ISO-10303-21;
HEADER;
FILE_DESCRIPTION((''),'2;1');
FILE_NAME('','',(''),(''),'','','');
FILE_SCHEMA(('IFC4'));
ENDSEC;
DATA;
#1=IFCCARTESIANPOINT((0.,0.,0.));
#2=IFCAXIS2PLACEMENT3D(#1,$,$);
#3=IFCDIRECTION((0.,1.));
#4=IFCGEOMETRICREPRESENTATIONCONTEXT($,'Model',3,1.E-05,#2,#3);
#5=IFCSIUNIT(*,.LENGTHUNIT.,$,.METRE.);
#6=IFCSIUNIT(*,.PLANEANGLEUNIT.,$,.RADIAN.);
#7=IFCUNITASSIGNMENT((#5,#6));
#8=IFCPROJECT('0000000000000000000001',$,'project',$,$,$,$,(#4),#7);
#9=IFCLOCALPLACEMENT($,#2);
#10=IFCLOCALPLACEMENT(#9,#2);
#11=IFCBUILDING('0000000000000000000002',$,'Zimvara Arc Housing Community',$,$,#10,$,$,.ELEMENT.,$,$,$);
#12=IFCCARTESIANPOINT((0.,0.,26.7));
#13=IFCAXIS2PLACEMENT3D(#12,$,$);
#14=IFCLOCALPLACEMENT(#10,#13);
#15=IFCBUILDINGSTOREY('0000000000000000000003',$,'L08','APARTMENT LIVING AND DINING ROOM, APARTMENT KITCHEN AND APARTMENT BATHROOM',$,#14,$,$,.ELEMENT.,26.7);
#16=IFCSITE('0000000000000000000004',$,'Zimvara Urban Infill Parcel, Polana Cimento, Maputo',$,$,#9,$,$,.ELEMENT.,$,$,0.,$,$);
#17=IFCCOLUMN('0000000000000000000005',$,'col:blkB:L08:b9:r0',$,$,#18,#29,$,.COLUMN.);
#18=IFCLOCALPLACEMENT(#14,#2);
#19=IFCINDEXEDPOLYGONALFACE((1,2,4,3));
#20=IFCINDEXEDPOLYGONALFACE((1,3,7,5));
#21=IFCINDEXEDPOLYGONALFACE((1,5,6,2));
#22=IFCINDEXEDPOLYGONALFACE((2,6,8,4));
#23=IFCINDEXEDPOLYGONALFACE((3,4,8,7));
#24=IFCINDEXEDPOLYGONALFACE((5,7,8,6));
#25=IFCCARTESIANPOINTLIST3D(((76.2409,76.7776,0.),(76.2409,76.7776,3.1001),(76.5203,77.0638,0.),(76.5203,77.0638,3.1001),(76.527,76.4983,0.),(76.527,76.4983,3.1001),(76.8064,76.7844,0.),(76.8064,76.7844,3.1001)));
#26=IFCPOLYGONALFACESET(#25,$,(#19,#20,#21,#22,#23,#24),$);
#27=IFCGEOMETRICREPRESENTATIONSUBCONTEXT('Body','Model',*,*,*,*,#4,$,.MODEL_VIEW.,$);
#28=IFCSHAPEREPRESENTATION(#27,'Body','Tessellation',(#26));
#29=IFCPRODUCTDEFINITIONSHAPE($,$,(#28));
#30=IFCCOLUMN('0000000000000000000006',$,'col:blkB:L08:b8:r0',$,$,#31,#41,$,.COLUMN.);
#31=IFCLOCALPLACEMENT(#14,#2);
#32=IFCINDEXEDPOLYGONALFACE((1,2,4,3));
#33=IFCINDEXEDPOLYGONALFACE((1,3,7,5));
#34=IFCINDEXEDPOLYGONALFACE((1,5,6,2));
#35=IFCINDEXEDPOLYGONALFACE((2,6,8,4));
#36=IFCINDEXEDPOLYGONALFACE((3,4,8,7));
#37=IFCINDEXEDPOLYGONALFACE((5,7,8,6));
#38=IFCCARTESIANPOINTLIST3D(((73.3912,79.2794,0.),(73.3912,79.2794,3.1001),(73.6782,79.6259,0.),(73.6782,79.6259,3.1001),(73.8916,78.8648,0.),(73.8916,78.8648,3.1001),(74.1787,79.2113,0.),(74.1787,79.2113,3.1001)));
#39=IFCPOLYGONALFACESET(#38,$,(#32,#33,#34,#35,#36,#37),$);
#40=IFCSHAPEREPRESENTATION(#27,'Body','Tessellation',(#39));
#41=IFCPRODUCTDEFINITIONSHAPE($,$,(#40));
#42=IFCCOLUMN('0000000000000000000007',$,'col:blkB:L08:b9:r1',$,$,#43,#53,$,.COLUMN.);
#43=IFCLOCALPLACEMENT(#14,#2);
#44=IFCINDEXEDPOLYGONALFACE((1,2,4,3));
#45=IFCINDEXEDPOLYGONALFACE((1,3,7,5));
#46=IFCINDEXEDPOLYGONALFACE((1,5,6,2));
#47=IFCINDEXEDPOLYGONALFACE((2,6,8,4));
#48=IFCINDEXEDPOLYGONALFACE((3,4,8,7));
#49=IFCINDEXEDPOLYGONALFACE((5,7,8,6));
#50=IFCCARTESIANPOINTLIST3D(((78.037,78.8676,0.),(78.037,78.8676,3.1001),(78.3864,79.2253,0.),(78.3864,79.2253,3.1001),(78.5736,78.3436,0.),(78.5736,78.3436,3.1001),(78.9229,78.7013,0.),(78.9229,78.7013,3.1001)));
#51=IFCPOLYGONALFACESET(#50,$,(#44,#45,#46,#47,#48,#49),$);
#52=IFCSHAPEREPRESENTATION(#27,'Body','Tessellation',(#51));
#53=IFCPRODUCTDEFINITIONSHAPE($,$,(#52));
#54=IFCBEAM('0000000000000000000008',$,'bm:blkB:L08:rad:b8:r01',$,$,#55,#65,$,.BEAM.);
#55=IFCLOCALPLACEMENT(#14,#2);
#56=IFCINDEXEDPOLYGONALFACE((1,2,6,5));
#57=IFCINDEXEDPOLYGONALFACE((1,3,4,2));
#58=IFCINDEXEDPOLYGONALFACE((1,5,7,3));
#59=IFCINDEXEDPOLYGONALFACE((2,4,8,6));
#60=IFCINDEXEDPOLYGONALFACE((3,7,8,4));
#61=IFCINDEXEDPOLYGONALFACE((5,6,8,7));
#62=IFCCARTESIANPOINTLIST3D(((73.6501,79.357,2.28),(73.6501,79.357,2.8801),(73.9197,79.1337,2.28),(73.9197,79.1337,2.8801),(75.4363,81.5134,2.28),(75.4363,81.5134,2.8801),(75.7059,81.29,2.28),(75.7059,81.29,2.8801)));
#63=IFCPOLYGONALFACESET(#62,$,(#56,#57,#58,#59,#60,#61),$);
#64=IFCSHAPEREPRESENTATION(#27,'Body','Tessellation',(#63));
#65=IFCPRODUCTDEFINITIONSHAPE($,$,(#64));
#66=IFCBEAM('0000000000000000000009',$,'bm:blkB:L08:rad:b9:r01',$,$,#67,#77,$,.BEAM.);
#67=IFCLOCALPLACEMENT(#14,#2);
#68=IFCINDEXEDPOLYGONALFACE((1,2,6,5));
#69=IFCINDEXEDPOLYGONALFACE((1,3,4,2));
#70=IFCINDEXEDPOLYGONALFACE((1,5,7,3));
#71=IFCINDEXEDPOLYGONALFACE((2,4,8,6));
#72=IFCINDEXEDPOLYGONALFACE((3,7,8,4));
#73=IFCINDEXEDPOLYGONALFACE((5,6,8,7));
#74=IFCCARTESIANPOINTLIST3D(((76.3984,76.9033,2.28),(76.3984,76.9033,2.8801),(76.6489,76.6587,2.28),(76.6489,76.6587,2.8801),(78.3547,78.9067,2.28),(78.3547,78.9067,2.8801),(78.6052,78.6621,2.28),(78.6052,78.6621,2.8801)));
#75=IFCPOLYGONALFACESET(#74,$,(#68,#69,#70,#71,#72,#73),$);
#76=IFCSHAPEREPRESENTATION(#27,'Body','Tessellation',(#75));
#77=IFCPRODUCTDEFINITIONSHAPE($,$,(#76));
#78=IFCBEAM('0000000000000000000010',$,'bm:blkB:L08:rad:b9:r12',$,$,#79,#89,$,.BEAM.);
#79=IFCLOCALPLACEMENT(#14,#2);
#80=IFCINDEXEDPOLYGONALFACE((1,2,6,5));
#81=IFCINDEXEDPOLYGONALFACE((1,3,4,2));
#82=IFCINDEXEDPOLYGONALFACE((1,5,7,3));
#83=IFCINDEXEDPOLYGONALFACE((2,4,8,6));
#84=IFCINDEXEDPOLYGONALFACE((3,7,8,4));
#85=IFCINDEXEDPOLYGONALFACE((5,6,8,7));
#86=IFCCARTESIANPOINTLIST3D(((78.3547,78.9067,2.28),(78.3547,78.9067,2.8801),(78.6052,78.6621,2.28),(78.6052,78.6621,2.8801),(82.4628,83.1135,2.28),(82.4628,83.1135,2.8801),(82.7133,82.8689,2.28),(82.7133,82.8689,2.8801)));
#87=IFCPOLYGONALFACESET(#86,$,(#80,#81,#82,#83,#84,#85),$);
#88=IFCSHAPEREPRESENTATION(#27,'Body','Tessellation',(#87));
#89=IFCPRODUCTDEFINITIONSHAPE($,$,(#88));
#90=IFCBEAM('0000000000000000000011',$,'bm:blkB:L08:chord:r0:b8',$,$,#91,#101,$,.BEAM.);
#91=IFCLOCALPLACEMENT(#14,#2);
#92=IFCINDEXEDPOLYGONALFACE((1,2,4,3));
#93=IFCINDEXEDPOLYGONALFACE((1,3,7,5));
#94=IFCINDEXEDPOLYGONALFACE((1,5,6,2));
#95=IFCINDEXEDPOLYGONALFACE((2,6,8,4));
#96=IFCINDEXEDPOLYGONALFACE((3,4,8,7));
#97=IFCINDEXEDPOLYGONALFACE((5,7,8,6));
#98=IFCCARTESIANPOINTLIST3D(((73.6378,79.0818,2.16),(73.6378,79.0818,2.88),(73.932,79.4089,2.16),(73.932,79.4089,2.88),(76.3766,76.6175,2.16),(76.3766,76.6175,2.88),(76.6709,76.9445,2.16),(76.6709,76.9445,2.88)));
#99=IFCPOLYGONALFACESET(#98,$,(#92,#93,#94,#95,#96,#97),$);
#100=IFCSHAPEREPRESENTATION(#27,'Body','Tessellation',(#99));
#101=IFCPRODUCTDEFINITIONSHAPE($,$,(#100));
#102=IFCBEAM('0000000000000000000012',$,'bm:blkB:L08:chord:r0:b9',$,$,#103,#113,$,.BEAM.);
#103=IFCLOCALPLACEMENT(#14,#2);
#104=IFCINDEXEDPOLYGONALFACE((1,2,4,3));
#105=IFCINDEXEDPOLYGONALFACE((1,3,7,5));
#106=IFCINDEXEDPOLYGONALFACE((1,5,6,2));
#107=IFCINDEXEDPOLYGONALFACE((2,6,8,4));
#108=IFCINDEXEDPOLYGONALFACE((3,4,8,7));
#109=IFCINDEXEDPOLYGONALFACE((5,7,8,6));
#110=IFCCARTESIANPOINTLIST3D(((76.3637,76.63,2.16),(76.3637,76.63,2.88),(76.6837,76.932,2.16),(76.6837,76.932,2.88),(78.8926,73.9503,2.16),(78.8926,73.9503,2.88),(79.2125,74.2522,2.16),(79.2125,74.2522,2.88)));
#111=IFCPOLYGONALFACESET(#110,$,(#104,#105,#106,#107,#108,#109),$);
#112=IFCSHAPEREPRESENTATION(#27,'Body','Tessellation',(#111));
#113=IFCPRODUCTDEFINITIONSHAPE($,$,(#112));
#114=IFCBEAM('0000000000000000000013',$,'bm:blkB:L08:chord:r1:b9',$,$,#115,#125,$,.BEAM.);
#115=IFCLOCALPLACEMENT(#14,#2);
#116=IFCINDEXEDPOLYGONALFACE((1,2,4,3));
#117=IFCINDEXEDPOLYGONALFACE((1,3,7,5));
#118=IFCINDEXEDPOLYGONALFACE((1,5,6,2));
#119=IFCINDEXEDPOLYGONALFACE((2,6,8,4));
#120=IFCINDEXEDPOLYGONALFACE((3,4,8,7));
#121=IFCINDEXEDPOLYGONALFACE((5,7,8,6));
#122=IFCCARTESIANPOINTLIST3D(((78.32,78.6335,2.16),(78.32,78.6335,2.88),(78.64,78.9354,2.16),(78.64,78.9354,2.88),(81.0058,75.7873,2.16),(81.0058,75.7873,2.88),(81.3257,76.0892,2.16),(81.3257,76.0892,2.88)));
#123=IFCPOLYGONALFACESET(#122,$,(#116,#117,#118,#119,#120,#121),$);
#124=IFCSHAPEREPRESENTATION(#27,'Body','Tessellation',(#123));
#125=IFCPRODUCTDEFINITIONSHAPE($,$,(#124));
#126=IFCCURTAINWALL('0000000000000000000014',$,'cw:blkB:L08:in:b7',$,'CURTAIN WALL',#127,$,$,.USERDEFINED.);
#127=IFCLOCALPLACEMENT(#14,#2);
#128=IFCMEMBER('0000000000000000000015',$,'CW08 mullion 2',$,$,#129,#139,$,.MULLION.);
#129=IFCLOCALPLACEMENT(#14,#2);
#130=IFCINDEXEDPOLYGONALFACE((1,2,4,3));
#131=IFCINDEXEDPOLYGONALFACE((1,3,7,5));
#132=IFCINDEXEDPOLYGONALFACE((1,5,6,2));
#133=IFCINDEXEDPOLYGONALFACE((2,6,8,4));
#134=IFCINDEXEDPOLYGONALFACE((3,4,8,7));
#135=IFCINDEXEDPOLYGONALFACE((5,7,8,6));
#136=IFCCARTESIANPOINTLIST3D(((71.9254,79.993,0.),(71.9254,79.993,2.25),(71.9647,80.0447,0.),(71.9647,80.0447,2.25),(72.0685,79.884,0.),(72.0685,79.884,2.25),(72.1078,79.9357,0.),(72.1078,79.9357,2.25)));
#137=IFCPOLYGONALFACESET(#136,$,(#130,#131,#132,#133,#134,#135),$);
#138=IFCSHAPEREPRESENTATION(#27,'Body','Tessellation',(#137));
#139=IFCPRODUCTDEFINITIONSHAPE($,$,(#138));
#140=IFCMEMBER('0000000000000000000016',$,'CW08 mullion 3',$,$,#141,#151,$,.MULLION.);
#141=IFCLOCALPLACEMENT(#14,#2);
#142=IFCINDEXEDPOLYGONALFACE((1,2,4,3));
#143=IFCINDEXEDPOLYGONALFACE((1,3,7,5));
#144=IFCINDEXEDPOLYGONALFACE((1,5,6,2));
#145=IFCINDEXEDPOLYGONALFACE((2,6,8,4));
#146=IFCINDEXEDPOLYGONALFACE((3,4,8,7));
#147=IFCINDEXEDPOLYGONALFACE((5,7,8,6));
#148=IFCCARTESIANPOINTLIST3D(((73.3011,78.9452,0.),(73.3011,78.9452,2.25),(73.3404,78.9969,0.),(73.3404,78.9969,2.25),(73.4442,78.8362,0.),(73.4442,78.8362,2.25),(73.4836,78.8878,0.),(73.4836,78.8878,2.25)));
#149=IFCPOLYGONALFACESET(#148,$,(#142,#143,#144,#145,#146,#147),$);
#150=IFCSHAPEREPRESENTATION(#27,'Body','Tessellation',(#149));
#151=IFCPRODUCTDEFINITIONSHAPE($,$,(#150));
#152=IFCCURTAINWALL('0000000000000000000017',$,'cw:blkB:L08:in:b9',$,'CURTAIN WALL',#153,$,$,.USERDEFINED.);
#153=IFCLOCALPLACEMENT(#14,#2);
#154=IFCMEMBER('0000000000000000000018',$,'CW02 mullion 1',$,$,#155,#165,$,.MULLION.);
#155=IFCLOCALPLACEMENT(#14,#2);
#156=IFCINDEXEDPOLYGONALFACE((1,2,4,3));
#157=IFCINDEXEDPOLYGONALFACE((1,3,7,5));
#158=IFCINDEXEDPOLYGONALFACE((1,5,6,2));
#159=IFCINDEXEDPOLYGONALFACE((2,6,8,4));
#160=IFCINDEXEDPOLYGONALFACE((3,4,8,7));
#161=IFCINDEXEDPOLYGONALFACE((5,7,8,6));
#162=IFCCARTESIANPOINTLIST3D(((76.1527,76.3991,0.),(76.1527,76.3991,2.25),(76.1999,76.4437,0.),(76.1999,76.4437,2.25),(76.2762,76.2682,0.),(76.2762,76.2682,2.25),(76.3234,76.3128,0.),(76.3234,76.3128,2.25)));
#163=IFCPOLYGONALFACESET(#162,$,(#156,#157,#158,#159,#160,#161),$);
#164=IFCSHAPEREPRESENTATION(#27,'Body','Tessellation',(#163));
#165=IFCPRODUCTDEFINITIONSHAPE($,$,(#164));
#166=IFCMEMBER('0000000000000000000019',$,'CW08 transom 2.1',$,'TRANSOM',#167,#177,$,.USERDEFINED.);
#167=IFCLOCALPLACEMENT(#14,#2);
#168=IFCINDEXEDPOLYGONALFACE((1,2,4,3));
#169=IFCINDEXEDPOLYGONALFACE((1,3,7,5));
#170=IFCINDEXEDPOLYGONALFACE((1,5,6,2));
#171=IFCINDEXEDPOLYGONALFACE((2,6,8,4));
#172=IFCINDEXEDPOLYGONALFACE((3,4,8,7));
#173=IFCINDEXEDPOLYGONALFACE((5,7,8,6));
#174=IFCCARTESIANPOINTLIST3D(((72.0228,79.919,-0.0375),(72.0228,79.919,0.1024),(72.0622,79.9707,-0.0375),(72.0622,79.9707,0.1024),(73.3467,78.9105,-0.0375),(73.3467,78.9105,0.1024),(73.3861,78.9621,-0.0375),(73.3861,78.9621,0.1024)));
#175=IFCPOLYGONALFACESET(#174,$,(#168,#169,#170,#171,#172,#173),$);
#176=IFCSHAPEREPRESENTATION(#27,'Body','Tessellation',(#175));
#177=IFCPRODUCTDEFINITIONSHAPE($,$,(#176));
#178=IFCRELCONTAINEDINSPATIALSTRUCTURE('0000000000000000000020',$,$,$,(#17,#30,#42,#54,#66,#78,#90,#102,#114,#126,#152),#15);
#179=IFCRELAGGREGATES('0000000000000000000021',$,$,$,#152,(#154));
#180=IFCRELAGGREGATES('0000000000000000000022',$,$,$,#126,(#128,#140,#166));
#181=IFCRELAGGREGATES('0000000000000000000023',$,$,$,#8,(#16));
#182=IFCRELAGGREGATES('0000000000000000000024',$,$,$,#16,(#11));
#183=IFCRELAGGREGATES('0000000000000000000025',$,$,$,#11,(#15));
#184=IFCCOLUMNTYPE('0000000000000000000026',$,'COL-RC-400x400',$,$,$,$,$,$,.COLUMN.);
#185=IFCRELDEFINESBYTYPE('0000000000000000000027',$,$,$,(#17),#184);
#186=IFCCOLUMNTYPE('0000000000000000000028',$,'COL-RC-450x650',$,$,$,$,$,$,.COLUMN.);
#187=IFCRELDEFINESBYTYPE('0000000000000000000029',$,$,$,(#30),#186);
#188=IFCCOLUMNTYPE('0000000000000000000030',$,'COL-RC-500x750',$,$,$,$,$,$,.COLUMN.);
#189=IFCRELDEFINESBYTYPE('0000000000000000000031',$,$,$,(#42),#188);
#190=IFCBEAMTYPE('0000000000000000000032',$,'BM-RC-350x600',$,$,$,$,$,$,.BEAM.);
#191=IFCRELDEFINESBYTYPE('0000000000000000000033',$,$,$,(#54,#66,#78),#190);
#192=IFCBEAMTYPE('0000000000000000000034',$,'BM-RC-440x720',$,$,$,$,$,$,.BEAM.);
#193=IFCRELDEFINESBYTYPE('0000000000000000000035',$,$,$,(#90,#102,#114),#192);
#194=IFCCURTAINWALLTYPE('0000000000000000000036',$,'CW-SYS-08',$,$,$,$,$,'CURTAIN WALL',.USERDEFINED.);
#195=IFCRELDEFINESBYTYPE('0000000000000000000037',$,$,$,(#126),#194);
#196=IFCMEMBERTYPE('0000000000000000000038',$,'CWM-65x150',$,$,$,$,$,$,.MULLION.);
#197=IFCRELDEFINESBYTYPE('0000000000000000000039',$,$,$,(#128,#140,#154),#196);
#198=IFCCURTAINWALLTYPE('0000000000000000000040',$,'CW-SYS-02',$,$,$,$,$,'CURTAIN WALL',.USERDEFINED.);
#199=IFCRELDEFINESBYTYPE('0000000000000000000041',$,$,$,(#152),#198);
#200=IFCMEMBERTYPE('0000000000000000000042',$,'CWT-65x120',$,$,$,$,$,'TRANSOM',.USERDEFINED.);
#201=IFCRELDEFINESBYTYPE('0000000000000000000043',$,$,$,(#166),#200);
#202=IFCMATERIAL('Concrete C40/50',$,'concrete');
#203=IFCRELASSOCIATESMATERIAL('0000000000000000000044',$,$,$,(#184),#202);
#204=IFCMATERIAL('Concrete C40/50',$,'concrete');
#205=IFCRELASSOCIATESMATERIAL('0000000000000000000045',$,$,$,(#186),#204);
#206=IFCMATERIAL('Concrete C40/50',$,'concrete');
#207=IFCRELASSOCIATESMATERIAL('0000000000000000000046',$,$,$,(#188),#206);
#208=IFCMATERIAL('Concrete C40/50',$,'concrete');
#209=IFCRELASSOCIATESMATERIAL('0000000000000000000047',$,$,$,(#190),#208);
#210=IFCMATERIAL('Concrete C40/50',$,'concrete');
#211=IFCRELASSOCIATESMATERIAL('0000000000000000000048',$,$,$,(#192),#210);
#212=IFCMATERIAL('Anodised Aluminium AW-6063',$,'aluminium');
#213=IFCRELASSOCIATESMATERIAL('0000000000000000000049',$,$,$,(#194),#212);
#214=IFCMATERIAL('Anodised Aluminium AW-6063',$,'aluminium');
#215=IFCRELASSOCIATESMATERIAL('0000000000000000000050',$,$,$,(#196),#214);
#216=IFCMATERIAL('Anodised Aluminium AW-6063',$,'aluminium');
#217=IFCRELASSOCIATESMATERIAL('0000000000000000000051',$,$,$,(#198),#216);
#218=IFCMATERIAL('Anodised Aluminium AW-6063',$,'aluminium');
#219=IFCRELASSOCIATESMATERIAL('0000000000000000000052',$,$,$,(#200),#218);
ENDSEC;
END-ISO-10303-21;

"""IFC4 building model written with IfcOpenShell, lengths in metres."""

from ifc_helpers import new_model, si_unit, direction, frame, origin, origin_2d, place, context, subcontext, project, spatial, rectangle, extrude, material, material_profile, profile_set, type_object, element, aggregate, save


model = new_model("IFC4")

# Units and contexts
model_context = context("Model", 3, precision=1e-05, world=origin(), true_north=direction((0.0, 1.0)))
body_context = subcontext(model_context, "Body", "Model", "MODEL_VIEW")
ifc_project = project(units=[si_unit("LENGTHUNIT", "METRE"), si_unit("PLANEANGLEUNIT", "RADIAN")], contexts=[model_context])

# Site, building, storey
site_placement = place(None, origin())
site = spatial("IfcSite", under=ifc_project, at=site_placement, Name="Zimvara Urban Infill Parcel, Polana Cimento, Maputo", CompositionType="ELEMENT", RefElevation=0.0)
building_placement = place(site_placement, origin())
building = spatial("IfcBuilding", under=site, at=building_placement, Name="Zimvara Arc Housing Community", CompositionType="ELEMENT")
storey_placement = place(building_placement, frame((0.0, 0.0, 26.7)))
storey = spatial("IfcBuildingStorey", under=building, at=storey_placement, Name="L08", Description="APARTMENT LIVING AND DINING ROOM, APARTMENT KITCHEN AND APARTMENT BATHROOM", CompositionType="ELEMENT", Elevation=26.7)

# Columns
ifc_material_1 = material(Name="Concrete C40/50", Category="concrete")
ifc_material_profile_1 = material_profile(ifc_material_1, rectangle(XDim=0.3999, YDim=0.3999, at=origin_2d()), Name="RC 400x400")
ifc_profile_set_1 = profile_set([ifc_material_profile_1], Name="Concrete C40/50")
column_type_1 = type_object("IfcColumnType", Name="COL-RC-400x400", PredefinedType="COLUMN", material=ifc_profile_set_1)
column_1_placement = place(storey_placement, frame((76.5237, 76.781, 0.0), z_axis=(0.0, 0.0, 1.0), x_axis=(0.698665, 0.715449, 0.0)))
element("IfcColumn", 1, at=column_1_placement, inside=storey, type_object=column_type_1, Name="col:blkB:L08:b9:r0", PredefinedType="COLUMN", context=body_context, shape_type="SweptSolid", body=[
    extrude(rectangle(XDim=0.3999, YDim=0.3999, at=origin_2d()), origin(), (0.0, 0.0, 1.0), 3.1001),
])
ifc_material_2 = material(Name="Concrete C40/50", Category="concrete")
ifc_material_profile_2 = material_profile(ifc_material_2, rectangle(XDim=0.45, YDim=0.6499, at=origin_2d()), Name="RC 450x650")
ifc_profile_set_2 = profile_set([ifc_material_profile_2], Name="Concrete C40/50")
column_type_2 = type_object("IfcColumnType", Name="COL-RC-450x650", PredefinedType="COLUMN", material=ifc_profile_set_2)
column_2_placement = place(storey_placement, frame((73.7849, 79.2454, 0.0), z_axis=(0.0, 0.0, 1.0), x_axis=(0.637962, 0.770068, 0.0)))
element("IfcColumn", 2, at=column_2_placement, inside=storey, type_object=column_type_2, Name="col:blkB:L08:b8:r0", PredefinedType="COLUMN", context=body_context, shape_type="SweptSolid", body=[
    extrude(rectangle(XDim=0.45, YDim=0.6499, at=origin_2d()), origin(), (0.0, 0.0, 1.0), 3.1001),
])
ifc_material_3 = material(Name="Concrete C40/50", Category="concrete")
ifc_material_profile_3 = material_profile(ifc_material_3, rectangle(XDim=0.5, YDim=0.75, at=origin_2d()), Name="RC 500x750")
ifc_profile_set_3 = profile_set([ifc_material_profile_3], Name="Concrete C40/50")
column_type_3 = type_object("IfcColumnType", Name="COL-RC-500x750", PredefinedType="COLUMN", material=ifc_profile_set_3)
column_3_placement = place(storey_placement, frame((78.48, 78.7844, 0.0), z_axis=(0.0, 0.0, 1.0), x_axis=(0.698665, 0.715449, 0.0)))
element("IfcColumn", 3, at=column_3_placement, inside=storey, type_object=column_type_3, Name="col:blkB:L08:b9:r1", PredefinedType="COLUMN", context=body_context, shape_type="SweptSolid", body=[
    extrude(rectangle(XDim=0.5, YDim=0.75, at=origin_2d()), origin(), (0.0, 0.0, 1.0), 3.1001),
])

# Beams
ifc_material_4 = material(Name="Concrete C40/50", Category="concrete")
ifc_material_profile_4 = material_profile(ifc_material_4, rectangle(XDim=0.3501, YDim=0.6001, at=origin_2d()), Name="RC 350x600")
ifc_profile_set_4 = profile_set([ifc_material_profile_4], Name="Concrete C40/50")
beam_type_1 = type_object("IfcBeamType", Name="BM-RC-350x600", PredefinedType="BEAM", material=ifc_profile_set_4)
for number, where, z_axis, x_axis, name in (
    (4, (73.7849, 79.2454, 2.5801), (0.637917, 0.770105, 0.0), (-0.770105, 0.637917, 0.0), "bm:blkB:L08:rad:b8:r01"),
    (5, (76.5237, 76.781, 2.5801), (0.698643, 0.71547, 0.0), (-0.71547, 0.698643, 0.0), "bm:blkB:L08:rad:b9:r01"),
):
    element("IfcBeam", number, at=place(storey_placement, frame(where, z_axis=z_axis, x_axis=x_axis)), inside=storey, type_object=beam_type_1, Name=name, PredefinedType="BEAM", context=body_context, shape_type="SweptSolid", body=[
        extrude(rectangle(XDim=0.3501, YDim=0.6001, at=origin_2d()), origin(), (0.0, 0.0, 1.0), 2.8),
    ])
beam_1_placement = place(storey_placement, frame((78.48, 78.7844, 2.5801), z_axis=(0.69867, 0.715444, 0.0), x_axis=(-0.715444, 0.69867, 0.0)))
element("IfcBeam", 6, at=beam_1_placement, inside=storey, type_object=beam_type_1, Name="bm:blkB:L08:rad:b9:r12", PredefinedType="BEAM", context=body_context, shape_type="SweptSolid", body=[
    extrude(rectangle(XDim=0.3501, YDim=0.6001, at=origin_2d()), origin(), (0.0, 0.0, 1.0), 5.8799),
])
ifc_material_5 = material(Name="Concrete C40/50", Category="concrete")
ifc_material_profile_5 = material_profile(ifc_material_5, rectangle(XDim=0.4399, YDim=0.72, at=origin_2d()), Name="RC 440x720")
ifc_profile_set_5 = profile_set([ifc_material_profile_5], Name="Concrete C40/50")
beam_type_2 = type_object("IfcBeamType", Name="BM-RC-440x720", PredefinedType="BEAM", material=ifc_profile_set_5)
beam_2_placement = place(storey_placement, frame((73.7849, 79.2454, 2.52), z_axis=(0.743367, -0.668884, 0.0), x_axis=(0.668884, 0.743367, 0.0)))
element("IfcBeam", 7, at=beam_2_placement, inside=storey, type_object=beam_type_2, Name="bm:blkB:L08:chord:r0:b8", PredefinedType="BEAM", context=body_context, shape_type="SweptSolid", body=[
    extrude(rectangle(XDim=0.4399, YDim=0.72, at=origin_2d()), origin(), (0.0, 0.0, 1.0), 3.6843),
])
beam_3_placement = place(storey_placement, frame((76.5237, 76.781, 2.52), z_axis=(0.686336, -0.727285, 0.0), x_axis=(0.727285, 0.686336, 0.0)))
element("IfcBeam", 8, at=beam_3_placement, inside=storey, type_object=beam_type_2, Name="bm:blkB:L08:chord:r0:b9", PredefinedType="BEAM", context=body_context, shape_type="SweptSolid", body=[
    extrude(rectangle(XDim=0.4399, YDim=0.72, at=origin_2d()), origin(), (0.0, 0.0, 1.0), 3.6846),
])
beam_4_placement = place(storey_placement, frame((78.48, 78.7844, 2.52), z_axis=(0.686316, -0.727304, 0.0), x_axis=(0.727304, 0.686316, 0.0)))
element("IfcBeam", 9, at=beam_4_placement, inside=storey, type_object=beam_type_2, Name="bm:blkB:L08:chord:r1:b9", PredefinedType="BEAM", context=body_context, shape_type="SweptSolid", body=[
    extrude(rectangle(XDim=0.4399, YDim=0.72, at=origin_2d()), origin(), (0.0, 0.0, 1.0), 3.9133),
])

# Curtain wall, members
ifc_material_6 = material(Name="Anodised Aluminium AW-6063", Category="aluminium")
curtain_wall_type_1 = type_object("IfcCurtainWallType", Name="CW-SYS-08", ElementType="CURTAIN WALL", PredefinedType="USERDEFINED", material=ifc_material_6)
curtain_wall_1_placement = place(storey_placement, origin())
curtain_wall_1 = element("IfcCurtainWall", 10, at=curtain_wall_1_placement, inside=storey, type_object=curtain_wall_type_1, Name="cw:blkB:L08:in:b7", ObjectType="CURTAIN WALL", PredefinedType="USERDEFINED")
ifc_material_7 = material(Name="Anodised Aluminium AW-6063", Category="aluminium")
ifc_material_profile_6 = material_profile(ifc_material_7, rectangle(XDim=0.0649, YDim=0.1799, at=origin_2d()), Name="ALU 65x180")
ifc_profile_set_6 = profile_set([ifc_material_profile_6], Name="Anodised Aluminium AW-6063")
member_type_1 = type_object("IfcMemberType", Name="CWM-65x150", PredefinedType="MULLION", material=ifc_profile_set_6)
member_1_placement = place(storey_placement, frame((72.0166, 79.9644, 0.0), z_axis=(0.0, 0.0, 1.0), x_axis=(0.605988, 0.795474, 0.0)))
member_1 = element("IfcMember", 11, at=member_1_placement, type_object=member_type_1, Name="CW08 mullion 2", PredefinedType="MULLION", context=body_context, shape_type="SweptSolid", body=[
    extrude(rectangle(XDim=0.0649, YDim=0.1799, at=origin_2d()), origin(), (0.0, 0.0, 1.0), 2.25),
])
member_2_placement = place(storey_placement, frame((73.3923, 78.9165, 0.0), z_axis=(0.0, 0.0, 1.0), x_axis=(0.605988, 0.795474, 0.0)))
member_2 = element("IfcMember", 12, at=member_2_placement, type_object=member_type_1, Name="CW08 mullion 3", PredefinedType="MULLION", context=body_context, shape_type="SweptSolid", body=[
    extrude(rectangle(XDim=0.0649, YDim=0.1799, at=origin_2d()), origin(), (0.0, 0.0, 1.0), 2.25),
])

# Curtain wall, member
ifc_material_8 = material(Name="Anodised Aluminium AW-6063", Category="aluminium")
curtain_wall_type_2 = type_object("IfcCurtainWallType", Name="CW-SYS-02", ElementType="CURTAIN WALL", PredefinedType="USERDEFINED", material=ifc_material_8)
curtain_wall_2_placement = place(storey_placement, origin())
curtain_wall_2 = element("IfcCurtainWall", 13, at=curtain_wall_2_placement, inside=storey, type_object=curtain_wall_type_2, Name="cw:blkB:L08:in:b9", ObjectType="CURTAIN WALL", PredefinedType="USERDEFINED")
member_3_placement = place(storey_placement, frame((76.238, 76.356, 0.0), z_axis=(0.0, 0.0, 1.0), x_axis=(0.727293, 0.686327, 0.0)))
member_3 = element("IfcMember", 14, at=member_3_placement, type_object=member_type_1, Name="CW02 mullion 1", PredefinedType="MULLION", context=body_context, shape_type="SweptSolid", body=[
    extrude(rectangle(XDim=0.0649, YDim=0.1799, at=origin_2d()), origin(), (0.0, 0.0, 1.0), 2.25),
])

# Member
ifc_material_9 = material(Name="Anodised Aluminium AW-6063", Category="aluminium")
ifc_material_profile_7 = material_profile(ifc_material_9, rectangle(XDim=0.0649, YDim=0.1399, at=origin_2d()), Name="ALU 65x140")
ifc_profile_set_7 = profile_set([ifc_material_profile_7], Name="Anodised Aluminium AW-6063")
member_type_2 = type_object("IfcMemberType", Name="CWT-65x120", ElementType="TRANSOM", PredefinedType="USERDEFINED", material=ifc_profile_set_7)
member_4_placement = place(storey_placement, frame((72.0425, 79.9448, 0.0325), z_axis=(0.795489, -0.605968, 0.0), x_axis=(0.605968, 0.795489, 0.0)))
member_4 = element("IfcMember", 15, at=member_4_placement, type_object=member_type_2, Name="CW08 transom 2.1", ObjectType="TRANSOM", PredefinedType="USERDEFINED", context=body_context, shape_type="SweptSolid", body=[
    extrude(rectangle(XDim=0.0649, YDim=0.1399, at=origin_2d()), origin(), (0.0, 0.0, 1.0), 1.6643),
])
aggregate(curtain_wall_2, [member_3])

aggregate(curtain_wall_1, [member_1, member_2, member_4])

save(model, "model.ifc")
